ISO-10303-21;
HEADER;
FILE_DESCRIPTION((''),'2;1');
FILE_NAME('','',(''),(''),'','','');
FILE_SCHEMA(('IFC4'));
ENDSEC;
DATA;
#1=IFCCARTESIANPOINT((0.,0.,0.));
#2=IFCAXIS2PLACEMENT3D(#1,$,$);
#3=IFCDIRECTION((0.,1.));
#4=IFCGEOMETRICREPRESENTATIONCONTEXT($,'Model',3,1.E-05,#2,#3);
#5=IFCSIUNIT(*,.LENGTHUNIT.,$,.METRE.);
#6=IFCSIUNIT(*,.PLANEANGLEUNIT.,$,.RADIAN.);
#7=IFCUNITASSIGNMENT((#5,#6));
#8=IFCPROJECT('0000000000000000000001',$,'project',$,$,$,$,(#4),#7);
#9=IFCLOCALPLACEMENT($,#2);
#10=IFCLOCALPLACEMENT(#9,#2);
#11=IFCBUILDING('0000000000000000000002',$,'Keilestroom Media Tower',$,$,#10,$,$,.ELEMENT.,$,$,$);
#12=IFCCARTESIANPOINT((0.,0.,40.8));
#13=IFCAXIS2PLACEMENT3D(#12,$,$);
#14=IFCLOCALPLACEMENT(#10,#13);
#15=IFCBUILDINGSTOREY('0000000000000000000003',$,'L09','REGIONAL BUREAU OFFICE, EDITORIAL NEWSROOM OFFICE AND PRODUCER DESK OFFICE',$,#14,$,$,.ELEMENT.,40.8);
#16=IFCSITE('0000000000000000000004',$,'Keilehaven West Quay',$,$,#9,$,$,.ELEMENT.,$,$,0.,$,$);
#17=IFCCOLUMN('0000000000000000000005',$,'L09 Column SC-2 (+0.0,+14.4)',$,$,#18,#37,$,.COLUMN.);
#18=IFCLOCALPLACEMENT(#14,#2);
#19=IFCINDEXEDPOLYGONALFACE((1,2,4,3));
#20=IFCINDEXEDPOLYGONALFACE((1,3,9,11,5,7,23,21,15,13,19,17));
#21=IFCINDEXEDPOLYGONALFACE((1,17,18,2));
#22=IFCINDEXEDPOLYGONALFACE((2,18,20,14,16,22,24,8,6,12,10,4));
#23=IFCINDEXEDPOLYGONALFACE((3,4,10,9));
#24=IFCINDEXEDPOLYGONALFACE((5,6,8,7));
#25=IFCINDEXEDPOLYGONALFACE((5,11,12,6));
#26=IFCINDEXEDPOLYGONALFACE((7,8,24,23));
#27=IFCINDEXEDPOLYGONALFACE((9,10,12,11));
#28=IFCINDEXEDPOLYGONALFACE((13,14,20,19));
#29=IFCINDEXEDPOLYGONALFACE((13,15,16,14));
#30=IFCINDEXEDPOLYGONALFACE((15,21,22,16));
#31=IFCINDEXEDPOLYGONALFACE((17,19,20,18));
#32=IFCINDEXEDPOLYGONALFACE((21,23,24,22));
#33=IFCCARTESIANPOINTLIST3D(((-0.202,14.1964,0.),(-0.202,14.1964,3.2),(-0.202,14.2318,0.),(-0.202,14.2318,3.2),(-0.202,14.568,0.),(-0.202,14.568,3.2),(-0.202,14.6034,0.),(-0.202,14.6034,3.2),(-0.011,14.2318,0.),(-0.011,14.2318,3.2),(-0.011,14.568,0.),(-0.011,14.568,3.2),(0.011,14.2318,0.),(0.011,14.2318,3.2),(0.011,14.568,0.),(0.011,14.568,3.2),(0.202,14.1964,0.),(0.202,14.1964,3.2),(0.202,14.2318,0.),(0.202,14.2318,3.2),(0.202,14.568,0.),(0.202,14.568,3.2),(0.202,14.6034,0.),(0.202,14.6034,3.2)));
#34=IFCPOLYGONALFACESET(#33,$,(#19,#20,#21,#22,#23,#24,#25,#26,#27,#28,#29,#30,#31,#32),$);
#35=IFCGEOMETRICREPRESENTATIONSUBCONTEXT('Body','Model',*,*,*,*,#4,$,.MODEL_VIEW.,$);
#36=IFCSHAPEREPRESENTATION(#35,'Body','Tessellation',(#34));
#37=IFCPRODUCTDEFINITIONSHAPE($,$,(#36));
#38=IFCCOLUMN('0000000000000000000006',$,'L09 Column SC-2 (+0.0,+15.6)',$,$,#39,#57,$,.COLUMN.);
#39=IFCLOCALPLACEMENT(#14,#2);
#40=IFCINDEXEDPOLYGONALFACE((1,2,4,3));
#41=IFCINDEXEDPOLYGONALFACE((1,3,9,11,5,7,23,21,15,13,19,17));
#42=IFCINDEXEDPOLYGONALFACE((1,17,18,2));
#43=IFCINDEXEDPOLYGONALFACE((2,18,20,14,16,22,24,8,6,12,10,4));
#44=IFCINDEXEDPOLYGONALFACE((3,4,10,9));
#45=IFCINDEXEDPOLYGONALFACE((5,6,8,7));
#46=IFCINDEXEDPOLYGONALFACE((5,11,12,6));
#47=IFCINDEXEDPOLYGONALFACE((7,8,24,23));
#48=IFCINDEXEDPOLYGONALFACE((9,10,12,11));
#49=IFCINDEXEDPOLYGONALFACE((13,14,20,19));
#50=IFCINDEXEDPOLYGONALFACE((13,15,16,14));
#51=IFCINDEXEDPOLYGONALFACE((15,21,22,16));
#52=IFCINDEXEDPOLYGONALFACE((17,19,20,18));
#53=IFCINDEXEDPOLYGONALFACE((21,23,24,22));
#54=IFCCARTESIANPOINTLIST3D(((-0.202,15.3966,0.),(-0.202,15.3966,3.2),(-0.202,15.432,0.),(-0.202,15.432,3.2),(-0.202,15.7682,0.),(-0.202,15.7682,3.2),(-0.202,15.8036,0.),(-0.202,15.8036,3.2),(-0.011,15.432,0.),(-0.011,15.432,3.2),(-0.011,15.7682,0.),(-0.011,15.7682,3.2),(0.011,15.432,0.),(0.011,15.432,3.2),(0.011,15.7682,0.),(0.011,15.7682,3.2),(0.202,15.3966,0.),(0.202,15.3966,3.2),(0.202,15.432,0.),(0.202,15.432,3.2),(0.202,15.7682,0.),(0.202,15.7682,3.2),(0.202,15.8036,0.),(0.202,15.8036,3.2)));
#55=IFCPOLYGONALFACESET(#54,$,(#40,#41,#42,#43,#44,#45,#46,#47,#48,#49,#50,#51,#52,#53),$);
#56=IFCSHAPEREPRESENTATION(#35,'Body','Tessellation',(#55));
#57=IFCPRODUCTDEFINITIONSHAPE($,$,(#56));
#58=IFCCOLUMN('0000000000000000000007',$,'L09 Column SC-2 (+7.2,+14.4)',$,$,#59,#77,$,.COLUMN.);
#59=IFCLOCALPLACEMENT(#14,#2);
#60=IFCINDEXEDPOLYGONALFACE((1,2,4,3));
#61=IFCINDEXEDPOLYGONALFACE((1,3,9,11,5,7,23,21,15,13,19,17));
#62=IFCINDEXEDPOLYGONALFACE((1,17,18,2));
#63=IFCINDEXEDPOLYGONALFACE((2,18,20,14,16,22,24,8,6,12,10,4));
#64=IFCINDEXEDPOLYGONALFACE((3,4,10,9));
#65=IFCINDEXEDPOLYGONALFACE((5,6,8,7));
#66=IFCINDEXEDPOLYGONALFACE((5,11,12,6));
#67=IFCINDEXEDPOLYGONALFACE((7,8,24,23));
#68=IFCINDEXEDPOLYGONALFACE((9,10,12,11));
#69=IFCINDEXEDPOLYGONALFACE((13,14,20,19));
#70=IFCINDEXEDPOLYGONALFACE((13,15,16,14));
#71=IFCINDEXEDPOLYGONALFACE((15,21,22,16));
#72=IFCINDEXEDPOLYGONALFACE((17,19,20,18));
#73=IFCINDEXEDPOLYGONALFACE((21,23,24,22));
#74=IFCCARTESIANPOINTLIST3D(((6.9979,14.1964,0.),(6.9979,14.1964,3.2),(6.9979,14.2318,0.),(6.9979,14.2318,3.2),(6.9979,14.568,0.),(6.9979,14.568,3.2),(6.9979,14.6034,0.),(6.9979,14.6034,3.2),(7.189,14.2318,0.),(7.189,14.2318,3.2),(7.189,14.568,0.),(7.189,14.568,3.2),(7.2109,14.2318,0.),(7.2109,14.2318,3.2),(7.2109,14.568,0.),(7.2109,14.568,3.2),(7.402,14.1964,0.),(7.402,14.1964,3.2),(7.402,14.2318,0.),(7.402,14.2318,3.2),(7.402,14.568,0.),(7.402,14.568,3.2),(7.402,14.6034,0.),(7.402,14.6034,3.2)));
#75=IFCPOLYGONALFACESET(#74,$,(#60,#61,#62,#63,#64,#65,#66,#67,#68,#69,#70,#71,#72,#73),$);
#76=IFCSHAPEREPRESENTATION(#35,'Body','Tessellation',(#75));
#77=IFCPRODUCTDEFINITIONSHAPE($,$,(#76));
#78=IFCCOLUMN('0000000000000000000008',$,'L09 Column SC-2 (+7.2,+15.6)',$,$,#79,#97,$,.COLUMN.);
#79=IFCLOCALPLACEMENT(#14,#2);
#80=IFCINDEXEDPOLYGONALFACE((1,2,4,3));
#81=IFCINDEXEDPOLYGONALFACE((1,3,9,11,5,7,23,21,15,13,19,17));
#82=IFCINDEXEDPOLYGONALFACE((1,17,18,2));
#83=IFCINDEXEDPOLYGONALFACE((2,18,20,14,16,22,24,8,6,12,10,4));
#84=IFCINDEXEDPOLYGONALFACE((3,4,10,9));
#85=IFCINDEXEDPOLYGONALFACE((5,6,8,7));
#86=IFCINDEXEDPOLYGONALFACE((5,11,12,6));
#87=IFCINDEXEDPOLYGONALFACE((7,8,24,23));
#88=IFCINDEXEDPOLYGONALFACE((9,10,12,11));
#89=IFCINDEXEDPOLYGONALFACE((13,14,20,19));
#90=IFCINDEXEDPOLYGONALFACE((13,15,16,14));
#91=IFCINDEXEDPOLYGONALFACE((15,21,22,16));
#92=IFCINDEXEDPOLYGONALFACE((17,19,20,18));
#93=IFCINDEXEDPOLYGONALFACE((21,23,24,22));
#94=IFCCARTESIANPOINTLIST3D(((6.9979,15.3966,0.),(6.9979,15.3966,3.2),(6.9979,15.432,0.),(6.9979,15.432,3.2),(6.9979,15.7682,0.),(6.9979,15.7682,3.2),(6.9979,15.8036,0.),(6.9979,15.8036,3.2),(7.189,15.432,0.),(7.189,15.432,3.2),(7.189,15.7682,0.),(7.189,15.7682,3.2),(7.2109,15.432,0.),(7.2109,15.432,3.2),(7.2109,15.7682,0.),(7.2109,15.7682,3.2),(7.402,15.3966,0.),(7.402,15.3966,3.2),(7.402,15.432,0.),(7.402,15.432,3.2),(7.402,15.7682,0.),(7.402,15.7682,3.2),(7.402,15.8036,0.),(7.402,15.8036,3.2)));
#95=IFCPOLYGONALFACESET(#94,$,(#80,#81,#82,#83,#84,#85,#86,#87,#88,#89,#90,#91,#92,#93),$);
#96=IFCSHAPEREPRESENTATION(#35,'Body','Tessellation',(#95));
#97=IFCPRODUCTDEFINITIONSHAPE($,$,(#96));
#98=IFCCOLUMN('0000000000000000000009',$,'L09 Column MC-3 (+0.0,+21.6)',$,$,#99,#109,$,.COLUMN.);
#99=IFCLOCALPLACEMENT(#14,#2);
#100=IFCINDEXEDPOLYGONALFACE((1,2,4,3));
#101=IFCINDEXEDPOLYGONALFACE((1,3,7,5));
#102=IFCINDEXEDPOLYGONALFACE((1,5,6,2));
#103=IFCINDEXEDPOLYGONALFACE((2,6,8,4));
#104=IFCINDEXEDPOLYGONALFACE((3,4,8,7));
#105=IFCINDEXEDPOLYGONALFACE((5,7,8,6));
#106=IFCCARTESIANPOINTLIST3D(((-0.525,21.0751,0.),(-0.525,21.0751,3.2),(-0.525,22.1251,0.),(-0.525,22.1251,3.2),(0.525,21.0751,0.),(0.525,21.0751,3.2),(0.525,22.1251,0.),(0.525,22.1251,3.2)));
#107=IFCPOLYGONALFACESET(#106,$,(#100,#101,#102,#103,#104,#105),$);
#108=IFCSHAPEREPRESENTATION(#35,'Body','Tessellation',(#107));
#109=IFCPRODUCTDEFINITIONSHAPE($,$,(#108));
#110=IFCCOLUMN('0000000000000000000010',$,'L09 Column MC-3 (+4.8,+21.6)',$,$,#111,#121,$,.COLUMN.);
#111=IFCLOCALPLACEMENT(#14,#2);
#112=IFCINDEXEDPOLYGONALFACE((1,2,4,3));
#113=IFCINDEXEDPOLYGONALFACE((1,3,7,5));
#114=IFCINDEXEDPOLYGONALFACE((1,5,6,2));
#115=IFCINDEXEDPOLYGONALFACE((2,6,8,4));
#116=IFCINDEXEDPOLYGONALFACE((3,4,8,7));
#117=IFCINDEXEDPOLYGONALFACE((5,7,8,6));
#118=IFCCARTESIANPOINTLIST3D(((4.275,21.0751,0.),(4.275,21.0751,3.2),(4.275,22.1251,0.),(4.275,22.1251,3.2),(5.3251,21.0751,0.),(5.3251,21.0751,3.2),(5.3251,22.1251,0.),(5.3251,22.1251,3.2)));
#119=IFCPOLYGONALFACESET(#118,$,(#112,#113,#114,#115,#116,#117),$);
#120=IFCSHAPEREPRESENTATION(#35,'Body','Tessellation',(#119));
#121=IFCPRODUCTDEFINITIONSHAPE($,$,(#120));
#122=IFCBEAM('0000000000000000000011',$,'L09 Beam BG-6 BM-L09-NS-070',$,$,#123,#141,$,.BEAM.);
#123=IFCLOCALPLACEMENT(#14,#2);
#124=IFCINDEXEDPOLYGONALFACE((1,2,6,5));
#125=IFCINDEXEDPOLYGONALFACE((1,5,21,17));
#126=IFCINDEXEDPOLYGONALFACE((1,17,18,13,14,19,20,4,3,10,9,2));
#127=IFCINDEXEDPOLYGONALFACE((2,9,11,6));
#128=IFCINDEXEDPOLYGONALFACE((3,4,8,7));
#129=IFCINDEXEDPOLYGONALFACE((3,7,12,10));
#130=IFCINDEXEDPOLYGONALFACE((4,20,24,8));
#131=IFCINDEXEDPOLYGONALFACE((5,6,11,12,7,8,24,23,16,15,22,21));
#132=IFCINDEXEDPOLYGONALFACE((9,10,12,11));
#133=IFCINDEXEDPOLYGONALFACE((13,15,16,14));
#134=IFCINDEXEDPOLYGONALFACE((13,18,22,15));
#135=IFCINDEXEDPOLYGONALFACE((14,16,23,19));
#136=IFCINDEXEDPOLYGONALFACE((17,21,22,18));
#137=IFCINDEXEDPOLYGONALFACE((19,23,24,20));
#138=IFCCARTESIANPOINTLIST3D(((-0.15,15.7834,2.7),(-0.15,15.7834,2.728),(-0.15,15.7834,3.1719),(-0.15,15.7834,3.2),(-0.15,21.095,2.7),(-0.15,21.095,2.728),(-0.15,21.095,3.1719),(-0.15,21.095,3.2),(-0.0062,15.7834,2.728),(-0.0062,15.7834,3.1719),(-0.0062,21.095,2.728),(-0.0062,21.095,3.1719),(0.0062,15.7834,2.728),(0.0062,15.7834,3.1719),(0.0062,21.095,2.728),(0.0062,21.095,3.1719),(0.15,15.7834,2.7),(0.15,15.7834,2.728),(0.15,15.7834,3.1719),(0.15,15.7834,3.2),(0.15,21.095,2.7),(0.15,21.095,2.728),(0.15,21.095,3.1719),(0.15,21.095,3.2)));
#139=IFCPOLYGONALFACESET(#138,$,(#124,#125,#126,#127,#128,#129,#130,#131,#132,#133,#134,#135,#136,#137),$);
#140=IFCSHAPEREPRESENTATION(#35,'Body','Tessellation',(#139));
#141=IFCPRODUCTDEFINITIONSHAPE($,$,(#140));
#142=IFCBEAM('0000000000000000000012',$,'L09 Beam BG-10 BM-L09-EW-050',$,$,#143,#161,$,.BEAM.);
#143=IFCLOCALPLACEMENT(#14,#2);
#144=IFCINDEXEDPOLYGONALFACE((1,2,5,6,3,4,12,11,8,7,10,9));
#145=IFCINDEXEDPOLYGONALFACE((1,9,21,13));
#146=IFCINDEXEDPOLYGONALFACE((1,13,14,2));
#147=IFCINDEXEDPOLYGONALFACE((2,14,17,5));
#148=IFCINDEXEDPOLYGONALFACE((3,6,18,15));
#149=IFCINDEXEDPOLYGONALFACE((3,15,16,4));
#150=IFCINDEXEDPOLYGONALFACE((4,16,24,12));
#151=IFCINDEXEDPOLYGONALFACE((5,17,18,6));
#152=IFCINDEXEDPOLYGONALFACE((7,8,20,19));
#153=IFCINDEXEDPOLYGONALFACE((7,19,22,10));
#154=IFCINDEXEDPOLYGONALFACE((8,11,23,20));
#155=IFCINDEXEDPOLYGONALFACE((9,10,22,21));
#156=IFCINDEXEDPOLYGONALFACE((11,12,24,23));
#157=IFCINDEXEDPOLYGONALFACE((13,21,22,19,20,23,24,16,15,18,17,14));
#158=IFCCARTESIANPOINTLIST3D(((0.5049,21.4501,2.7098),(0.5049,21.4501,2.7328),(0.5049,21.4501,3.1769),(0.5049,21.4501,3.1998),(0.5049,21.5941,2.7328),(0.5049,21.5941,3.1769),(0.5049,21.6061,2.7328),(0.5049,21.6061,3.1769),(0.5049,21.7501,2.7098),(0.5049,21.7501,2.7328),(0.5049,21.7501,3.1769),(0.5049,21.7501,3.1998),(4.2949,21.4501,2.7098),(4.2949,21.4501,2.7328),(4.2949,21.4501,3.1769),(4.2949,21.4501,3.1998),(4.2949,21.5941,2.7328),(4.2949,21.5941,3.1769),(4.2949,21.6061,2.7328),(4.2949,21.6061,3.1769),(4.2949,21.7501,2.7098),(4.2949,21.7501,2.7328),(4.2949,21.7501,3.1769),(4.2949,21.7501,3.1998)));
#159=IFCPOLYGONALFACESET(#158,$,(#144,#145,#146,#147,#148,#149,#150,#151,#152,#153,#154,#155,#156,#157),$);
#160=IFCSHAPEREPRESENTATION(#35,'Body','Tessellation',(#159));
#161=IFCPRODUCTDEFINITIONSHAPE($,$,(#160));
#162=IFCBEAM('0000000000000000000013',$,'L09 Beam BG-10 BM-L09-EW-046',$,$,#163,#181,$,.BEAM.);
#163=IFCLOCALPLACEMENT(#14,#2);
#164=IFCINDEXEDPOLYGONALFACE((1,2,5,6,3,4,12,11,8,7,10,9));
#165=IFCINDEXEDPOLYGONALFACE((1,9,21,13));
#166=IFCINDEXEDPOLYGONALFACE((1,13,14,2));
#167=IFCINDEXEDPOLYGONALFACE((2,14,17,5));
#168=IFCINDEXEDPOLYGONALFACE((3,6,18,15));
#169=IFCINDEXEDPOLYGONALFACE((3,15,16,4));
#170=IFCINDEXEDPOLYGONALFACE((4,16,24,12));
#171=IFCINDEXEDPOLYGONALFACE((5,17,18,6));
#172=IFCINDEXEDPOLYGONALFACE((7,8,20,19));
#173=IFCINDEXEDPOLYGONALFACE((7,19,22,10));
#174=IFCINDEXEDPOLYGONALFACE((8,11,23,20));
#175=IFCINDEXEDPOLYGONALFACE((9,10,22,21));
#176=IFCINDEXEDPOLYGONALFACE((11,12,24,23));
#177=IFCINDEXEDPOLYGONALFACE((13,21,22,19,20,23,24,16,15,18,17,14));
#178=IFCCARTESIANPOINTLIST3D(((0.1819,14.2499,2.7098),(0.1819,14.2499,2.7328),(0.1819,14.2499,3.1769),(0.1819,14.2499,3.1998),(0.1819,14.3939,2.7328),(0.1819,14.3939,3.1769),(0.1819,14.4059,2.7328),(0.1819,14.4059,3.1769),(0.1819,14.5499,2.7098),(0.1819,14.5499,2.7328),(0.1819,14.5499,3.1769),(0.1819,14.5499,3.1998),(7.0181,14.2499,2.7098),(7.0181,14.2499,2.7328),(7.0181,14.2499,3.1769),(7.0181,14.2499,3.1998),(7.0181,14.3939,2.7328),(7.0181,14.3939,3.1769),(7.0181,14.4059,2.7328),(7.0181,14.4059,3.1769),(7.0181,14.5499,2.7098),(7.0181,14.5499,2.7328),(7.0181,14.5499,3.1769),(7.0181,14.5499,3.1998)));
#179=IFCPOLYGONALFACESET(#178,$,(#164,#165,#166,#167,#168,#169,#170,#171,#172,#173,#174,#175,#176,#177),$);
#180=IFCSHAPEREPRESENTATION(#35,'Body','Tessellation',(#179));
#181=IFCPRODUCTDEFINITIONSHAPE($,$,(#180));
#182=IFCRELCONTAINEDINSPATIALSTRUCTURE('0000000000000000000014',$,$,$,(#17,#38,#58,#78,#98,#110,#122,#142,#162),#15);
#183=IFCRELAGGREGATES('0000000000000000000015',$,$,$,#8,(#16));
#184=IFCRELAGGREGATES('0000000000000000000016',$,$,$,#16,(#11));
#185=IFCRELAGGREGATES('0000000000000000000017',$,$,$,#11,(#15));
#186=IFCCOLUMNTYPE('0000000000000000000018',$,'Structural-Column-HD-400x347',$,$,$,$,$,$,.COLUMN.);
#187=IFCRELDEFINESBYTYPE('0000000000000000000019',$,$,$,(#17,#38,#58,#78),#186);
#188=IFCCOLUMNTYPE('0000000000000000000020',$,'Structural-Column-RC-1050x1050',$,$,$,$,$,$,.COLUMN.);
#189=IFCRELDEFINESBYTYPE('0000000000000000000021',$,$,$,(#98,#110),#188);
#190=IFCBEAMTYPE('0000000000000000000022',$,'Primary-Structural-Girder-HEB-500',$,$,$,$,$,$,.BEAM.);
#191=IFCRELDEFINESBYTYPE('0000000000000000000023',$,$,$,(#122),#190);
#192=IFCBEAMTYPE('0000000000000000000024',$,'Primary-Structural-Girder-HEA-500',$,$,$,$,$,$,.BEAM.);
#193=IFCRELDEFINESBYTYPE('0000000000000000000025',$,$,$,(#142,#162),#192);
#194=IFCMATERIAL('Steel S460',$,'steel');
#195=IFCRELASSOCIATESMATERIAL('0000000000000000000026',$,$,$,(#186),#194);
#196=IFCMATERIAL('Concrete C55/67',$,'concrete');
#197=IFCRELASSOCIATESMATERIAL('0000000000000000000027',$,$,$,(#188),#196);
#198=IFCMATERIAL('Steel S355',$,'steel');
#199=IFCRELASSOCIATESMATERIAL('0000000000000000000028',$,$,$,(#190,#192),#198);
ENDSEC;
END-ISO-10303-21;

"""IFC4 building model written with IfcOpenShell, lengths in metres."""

from ifc_helpers import new_model, si_unit, direction, frame, origin, origin_2d, place, context, subcontext, project, spatial, rectangle, i_section, extrude, source, transform, mapped, material, material_profile, profile_set, type_object, element, save


model = new_model("IFC4")

# Units and contexts
model_context = context("Model", 3, precision=1e-05, world=origin(), true_north=direction((0.0, 1.0)))
body_context = subcontext(model_context, "Body", "Model", "MODEL_VIEW")
ifc_project = project(units=[si_unit("LENGTHUNIT", "METRE"), si_unit("PLANEANGLEUNIT", "RADIAN")], contexts=[model_context])

# Site, building, storey
site_placement = place(None, origin())
site = spatial("IfcSite", under=ifc_project, at=site_placement, Name="Keilehaven West Quay", CompositionType="ELEMENT", RefElevation=0.0)
building_placement = place(site_placement, origin())
building = spatial("IfcBuilding", under=site, at=building_placement, Name="Keilestroom Media Tower", CompositionType="ELEMENT")
storey_placement = place(building_placement, frame((0.0, 0.0, 40.8)))
storey = spatial("IfcBuildingStorey", under=building, at=storey_placement, Name="L09", Description="REGIONAL BUREAU OFFICE, EDITORIAL NEWSROOM OFFICE AND PRODUCER DESK OFFICE", CompositionType="ELEMENT", Elevation=40.8)

# Columns
ifc_material_1 = material(Name="Steel S460", Category="steel")
ifc_material_profile_1 = material_profile(ifc_material_1, i_section(OverallWidth=0.4041, OverallDepth=0.407, WebThickness=0.022, FlangeThickness=0.0354, at=origin_2d()), Name="HD 400x347")
ifc_profile_set_1 = profile_set([ifc_material_profile_1], Name="Steel S460")
column_type_1 = type_object("IfcColumnType", Name="Structural-Column-HD-400x347", PredefinedType="COLUMN", material=ifc_profile_set_1)
shared_shape_1 = source(origin(), body_context, "Body", "SweptSolid", [
    extrude(i_section(OverallWidth=0.4041, OverallDepth=0.407, WebThickness=0.022, FlangeThickness=0.0354, at=origin_2d()), origin(), (0.0, 0.0, 1.0), 3.2),
])
for number, where, z_axis, x_axis, name in (
    (1, (0.0, 14.3999, 0.0), (0.0, 0.0, 1.0), (1.0, 0.0, 0.0), "L09 Column SC-2 (+0.0,+14.4)"),
    (2, (0.0, 15.6001, 0.0), (0.0, 0.0, 1.0), (1.0, 0.0, 0.0), "L09 Column SC-2 (+0.0,+15.6)"),
    (3, (7.2, 14.3999, 0.0), (0.0, 0.0, 1.0), (1.0, 0.0, 0.0), "L09 Column SC-2 (+7.2,+14.4)"),
    (4, (7.2, 15.6001, 0.0), (0.0, 0.0, 1.0), (1.0, 0.0, 0.0), "L09 Column SC-2 (+7.2,+15.6)"),
):
    element("IfcColumn", number, at=place(storey_placement, frame(where, z_axis=z_axis, x_axis=x_axis)), inside=storey, type_object=column_type_1, Name=name, PredefinedType="COLUMN", context=body_context, shape_type="MappedRepresentation", body=[
        mapped(shared_shape_1, transform((0.0, 0.0, 0.0), x_axis=(1.0, 0.0, 0.0), y_axis=(0.0, 1.0, 0.0), z_axis=(0.0, 0.0, 1.0), scale=1.0)),
    ])
ifc_material_2 = material(Name="Concrete C55/67", Category="concrete")
ifc_material_profile_2 = material_profile(ifc_material_2, rectangle(XDim=1.05, YDim=1.05, at=origin_2d()), Name="RC 1050x1050")
ifc_profile_set_2 = profile_set([ifc_material_profile_2], Name="Concrete C55/67")
column_type_2 = type_object("IfcColumnType", Name="Structural-Column-RC-1050x1050", PredefinedType="COLUMN", material=ifc_profile_set_2)
shared_shape_2 = source(origin(), body_context, "Body", "SweptSolid", [
    extrude(rectangle(XDim=1.05, YDim=1.05, at=origin_2d()), origin(), (0.0, 0.0, 1.0), 3.2),
])
for number, where, z_axis, x_axis, name in (
    (5, (0.0, 21.6001, 0.0), (0.0, 0.0, 1.0), (1.0, 0.0, 0.0), "L09 Column MC-3 (+0.0,+21.6)"),
    (6, (4.8, 21.6001, 0.0), (0.0, 0.0, 1.0), (1.0, 0.0, 0.0), "L09 Column MC-3 (+4.8,+21.6)"),
):
    element("IfcColumn", number, at=place(storey_placement, frame(where, z_axis=z_axis, x_axis=x_axis)), inside=storey, type_object=column_type_2, Name=name, PredefinedType="COLUMN", context=body_context, shape_type="MappedRepresentation", body=[
        mapped(shared_shape_2, transform((0.0, 0.0, 0.0), x_axis=(1.0, 0.0, 0.0), y_axis=(0.0, 1.0, 0.0), z_axis=(0.0, 0.0, 1.0), scale=1.0)),
    ])

# Beams
ifc_material_3 = material(Name="Steel S355", Category="steel")
ifc_material_profile_3 = material_profile(ifc_material_3, i_section(OverallWidth=0.3, OverallDepth=0.5, WebThickness=0.0125, FlangeThickness=0.0281, at=origin_2d()), Name="HEB 500")
ifc_profile_set_3 = profile_set([ifc_material_profile_3], Name="Steel S355")
beam_type_1 = type_object("IfcBeamType", Name="Primary-Structural-Girder-HEB-500", PredefinedType="BEAM", material=ifc_profile_set_3)
shared_shape_3 = source(origin(), body_context, "Body", "SweptSolid", [
    extrude(i_section(OverallWidth=0.3, OverallDepth=0.5, WebThickness=0.0125, FlangeThickness=0.0281, at=origin_2d()), origin(), (0.0, 0.0, 1.0), 5.3115),
])
beam_1_placement = place(storey_placement, frame((0.0, 15.7834, 2.95), z_axis=(0.0, 1.0, 0.0), x_axis=(-1.0, 0.0, 0.0)))
element("IfcBeam", 7, at=beam_1_placement, inside=storey, type_object=beam_type_1, Name="L09 Beam BG-6 BM-L09-NS-070", PredefinedType="BEAM", context=body_context, shape_type="MappedRepresentation", body=[
    mapped(shared_shape_3, transform((0.0, 0.0, 0.0), x_axis=(1.0, 0.0, 0.0), y_axis=(0.0, 1.0, 0.0), z_axis=(0.0, 0.0, 1.0), scale=1.0)),
])
ifc_material_profile_4 = material_profile(ifc_material_3, i_section(OverallWidth=0.3, OverallDepth=0.49, WebThickness=0.012, FlangeThickness=0.0229, at=origin_2d()), Name="HEA 500")
ifc_profile_set_4 = profile_set([ifc_material_profile_4], Name="Steel S355")
beam_type_2 = type_object("IfcBeamType", Name="Primary-Structural-Girder-HEA-500", PredefinedType="BEAM", material=ifc_profile_set_4)
shared_shape_4 = source(origin(), body_context, "Body", "SweptSolid", [
    extrude(i_section(OverallWidth=0.3, OverallDepth=0.49, WebThickness=0.012, FlangeThickness=0.0229, at=origin_2d()), origin(), (0.0, 0.0, 1.0), 3.79),
])
beam_2_placement = place(storey_placement, frame((0.5049, 21.6001, 2.9548), z_axis=(1.0, 0.0, 0.0), x_axis=(0.0, 1.0, 0.0)))
element("IfcBeam", 8, at=beam_2_placement, inside=storey, type_object=beam_type_2, Name="L09 Beam BG-10 BM-L09-EW-050", PredefinedType="BEAM", context=body_context, shape_type="MappedRepresentation", body=[
    mapped(shared_shape_4, transform((0.0, 0.0, 0.0), x_axis=(1.0, 0.0, 0.0), y_axis=(0.0, 1.0, 0.0), z_axis=(0.0, 0.0, 1.0), scale=1.0)),
])
shared_shape_5 = source(origin(), body_context, "Body", "SweptSolid", [
    extrude(i_section(OverallWidth=0.3, OverallDepth=0.49, WebThickness=0.012, FlangeThickness=0.0229, at=origin_2d()), origin(), (0.0, 0.0, 1.0), 6.8362),
])
for number, where, z_axis, x_axis, name in (
    (9, (0.1819, 14.3999, 2.9548), (1.0, 0.0, 0.0), (0.0, 1.0, 0.0), "L09 Beam BG-10 BM-L09-EW-046"),
):
    element("IfcBeam", number, at=place(storey_placement, frame(where, z_axis=z_axis, x_axis=x_axis)), inside=storey, type_object=beam_type_2, Name=name, PredefinedType="BEAM", context=body_context, shape_type="MappedRepresentation", body=[
        mapped(shared_shape_5, transform((0.0, 0.0, 0.0), x_axis=(1.0, 0.0, 0.0), y_axis=(0.0, 1.0, 0.0), z_axis=(0.0, 0.0, 1.0), scale=1.0)),
    ])

save(model, "model.ifc")
